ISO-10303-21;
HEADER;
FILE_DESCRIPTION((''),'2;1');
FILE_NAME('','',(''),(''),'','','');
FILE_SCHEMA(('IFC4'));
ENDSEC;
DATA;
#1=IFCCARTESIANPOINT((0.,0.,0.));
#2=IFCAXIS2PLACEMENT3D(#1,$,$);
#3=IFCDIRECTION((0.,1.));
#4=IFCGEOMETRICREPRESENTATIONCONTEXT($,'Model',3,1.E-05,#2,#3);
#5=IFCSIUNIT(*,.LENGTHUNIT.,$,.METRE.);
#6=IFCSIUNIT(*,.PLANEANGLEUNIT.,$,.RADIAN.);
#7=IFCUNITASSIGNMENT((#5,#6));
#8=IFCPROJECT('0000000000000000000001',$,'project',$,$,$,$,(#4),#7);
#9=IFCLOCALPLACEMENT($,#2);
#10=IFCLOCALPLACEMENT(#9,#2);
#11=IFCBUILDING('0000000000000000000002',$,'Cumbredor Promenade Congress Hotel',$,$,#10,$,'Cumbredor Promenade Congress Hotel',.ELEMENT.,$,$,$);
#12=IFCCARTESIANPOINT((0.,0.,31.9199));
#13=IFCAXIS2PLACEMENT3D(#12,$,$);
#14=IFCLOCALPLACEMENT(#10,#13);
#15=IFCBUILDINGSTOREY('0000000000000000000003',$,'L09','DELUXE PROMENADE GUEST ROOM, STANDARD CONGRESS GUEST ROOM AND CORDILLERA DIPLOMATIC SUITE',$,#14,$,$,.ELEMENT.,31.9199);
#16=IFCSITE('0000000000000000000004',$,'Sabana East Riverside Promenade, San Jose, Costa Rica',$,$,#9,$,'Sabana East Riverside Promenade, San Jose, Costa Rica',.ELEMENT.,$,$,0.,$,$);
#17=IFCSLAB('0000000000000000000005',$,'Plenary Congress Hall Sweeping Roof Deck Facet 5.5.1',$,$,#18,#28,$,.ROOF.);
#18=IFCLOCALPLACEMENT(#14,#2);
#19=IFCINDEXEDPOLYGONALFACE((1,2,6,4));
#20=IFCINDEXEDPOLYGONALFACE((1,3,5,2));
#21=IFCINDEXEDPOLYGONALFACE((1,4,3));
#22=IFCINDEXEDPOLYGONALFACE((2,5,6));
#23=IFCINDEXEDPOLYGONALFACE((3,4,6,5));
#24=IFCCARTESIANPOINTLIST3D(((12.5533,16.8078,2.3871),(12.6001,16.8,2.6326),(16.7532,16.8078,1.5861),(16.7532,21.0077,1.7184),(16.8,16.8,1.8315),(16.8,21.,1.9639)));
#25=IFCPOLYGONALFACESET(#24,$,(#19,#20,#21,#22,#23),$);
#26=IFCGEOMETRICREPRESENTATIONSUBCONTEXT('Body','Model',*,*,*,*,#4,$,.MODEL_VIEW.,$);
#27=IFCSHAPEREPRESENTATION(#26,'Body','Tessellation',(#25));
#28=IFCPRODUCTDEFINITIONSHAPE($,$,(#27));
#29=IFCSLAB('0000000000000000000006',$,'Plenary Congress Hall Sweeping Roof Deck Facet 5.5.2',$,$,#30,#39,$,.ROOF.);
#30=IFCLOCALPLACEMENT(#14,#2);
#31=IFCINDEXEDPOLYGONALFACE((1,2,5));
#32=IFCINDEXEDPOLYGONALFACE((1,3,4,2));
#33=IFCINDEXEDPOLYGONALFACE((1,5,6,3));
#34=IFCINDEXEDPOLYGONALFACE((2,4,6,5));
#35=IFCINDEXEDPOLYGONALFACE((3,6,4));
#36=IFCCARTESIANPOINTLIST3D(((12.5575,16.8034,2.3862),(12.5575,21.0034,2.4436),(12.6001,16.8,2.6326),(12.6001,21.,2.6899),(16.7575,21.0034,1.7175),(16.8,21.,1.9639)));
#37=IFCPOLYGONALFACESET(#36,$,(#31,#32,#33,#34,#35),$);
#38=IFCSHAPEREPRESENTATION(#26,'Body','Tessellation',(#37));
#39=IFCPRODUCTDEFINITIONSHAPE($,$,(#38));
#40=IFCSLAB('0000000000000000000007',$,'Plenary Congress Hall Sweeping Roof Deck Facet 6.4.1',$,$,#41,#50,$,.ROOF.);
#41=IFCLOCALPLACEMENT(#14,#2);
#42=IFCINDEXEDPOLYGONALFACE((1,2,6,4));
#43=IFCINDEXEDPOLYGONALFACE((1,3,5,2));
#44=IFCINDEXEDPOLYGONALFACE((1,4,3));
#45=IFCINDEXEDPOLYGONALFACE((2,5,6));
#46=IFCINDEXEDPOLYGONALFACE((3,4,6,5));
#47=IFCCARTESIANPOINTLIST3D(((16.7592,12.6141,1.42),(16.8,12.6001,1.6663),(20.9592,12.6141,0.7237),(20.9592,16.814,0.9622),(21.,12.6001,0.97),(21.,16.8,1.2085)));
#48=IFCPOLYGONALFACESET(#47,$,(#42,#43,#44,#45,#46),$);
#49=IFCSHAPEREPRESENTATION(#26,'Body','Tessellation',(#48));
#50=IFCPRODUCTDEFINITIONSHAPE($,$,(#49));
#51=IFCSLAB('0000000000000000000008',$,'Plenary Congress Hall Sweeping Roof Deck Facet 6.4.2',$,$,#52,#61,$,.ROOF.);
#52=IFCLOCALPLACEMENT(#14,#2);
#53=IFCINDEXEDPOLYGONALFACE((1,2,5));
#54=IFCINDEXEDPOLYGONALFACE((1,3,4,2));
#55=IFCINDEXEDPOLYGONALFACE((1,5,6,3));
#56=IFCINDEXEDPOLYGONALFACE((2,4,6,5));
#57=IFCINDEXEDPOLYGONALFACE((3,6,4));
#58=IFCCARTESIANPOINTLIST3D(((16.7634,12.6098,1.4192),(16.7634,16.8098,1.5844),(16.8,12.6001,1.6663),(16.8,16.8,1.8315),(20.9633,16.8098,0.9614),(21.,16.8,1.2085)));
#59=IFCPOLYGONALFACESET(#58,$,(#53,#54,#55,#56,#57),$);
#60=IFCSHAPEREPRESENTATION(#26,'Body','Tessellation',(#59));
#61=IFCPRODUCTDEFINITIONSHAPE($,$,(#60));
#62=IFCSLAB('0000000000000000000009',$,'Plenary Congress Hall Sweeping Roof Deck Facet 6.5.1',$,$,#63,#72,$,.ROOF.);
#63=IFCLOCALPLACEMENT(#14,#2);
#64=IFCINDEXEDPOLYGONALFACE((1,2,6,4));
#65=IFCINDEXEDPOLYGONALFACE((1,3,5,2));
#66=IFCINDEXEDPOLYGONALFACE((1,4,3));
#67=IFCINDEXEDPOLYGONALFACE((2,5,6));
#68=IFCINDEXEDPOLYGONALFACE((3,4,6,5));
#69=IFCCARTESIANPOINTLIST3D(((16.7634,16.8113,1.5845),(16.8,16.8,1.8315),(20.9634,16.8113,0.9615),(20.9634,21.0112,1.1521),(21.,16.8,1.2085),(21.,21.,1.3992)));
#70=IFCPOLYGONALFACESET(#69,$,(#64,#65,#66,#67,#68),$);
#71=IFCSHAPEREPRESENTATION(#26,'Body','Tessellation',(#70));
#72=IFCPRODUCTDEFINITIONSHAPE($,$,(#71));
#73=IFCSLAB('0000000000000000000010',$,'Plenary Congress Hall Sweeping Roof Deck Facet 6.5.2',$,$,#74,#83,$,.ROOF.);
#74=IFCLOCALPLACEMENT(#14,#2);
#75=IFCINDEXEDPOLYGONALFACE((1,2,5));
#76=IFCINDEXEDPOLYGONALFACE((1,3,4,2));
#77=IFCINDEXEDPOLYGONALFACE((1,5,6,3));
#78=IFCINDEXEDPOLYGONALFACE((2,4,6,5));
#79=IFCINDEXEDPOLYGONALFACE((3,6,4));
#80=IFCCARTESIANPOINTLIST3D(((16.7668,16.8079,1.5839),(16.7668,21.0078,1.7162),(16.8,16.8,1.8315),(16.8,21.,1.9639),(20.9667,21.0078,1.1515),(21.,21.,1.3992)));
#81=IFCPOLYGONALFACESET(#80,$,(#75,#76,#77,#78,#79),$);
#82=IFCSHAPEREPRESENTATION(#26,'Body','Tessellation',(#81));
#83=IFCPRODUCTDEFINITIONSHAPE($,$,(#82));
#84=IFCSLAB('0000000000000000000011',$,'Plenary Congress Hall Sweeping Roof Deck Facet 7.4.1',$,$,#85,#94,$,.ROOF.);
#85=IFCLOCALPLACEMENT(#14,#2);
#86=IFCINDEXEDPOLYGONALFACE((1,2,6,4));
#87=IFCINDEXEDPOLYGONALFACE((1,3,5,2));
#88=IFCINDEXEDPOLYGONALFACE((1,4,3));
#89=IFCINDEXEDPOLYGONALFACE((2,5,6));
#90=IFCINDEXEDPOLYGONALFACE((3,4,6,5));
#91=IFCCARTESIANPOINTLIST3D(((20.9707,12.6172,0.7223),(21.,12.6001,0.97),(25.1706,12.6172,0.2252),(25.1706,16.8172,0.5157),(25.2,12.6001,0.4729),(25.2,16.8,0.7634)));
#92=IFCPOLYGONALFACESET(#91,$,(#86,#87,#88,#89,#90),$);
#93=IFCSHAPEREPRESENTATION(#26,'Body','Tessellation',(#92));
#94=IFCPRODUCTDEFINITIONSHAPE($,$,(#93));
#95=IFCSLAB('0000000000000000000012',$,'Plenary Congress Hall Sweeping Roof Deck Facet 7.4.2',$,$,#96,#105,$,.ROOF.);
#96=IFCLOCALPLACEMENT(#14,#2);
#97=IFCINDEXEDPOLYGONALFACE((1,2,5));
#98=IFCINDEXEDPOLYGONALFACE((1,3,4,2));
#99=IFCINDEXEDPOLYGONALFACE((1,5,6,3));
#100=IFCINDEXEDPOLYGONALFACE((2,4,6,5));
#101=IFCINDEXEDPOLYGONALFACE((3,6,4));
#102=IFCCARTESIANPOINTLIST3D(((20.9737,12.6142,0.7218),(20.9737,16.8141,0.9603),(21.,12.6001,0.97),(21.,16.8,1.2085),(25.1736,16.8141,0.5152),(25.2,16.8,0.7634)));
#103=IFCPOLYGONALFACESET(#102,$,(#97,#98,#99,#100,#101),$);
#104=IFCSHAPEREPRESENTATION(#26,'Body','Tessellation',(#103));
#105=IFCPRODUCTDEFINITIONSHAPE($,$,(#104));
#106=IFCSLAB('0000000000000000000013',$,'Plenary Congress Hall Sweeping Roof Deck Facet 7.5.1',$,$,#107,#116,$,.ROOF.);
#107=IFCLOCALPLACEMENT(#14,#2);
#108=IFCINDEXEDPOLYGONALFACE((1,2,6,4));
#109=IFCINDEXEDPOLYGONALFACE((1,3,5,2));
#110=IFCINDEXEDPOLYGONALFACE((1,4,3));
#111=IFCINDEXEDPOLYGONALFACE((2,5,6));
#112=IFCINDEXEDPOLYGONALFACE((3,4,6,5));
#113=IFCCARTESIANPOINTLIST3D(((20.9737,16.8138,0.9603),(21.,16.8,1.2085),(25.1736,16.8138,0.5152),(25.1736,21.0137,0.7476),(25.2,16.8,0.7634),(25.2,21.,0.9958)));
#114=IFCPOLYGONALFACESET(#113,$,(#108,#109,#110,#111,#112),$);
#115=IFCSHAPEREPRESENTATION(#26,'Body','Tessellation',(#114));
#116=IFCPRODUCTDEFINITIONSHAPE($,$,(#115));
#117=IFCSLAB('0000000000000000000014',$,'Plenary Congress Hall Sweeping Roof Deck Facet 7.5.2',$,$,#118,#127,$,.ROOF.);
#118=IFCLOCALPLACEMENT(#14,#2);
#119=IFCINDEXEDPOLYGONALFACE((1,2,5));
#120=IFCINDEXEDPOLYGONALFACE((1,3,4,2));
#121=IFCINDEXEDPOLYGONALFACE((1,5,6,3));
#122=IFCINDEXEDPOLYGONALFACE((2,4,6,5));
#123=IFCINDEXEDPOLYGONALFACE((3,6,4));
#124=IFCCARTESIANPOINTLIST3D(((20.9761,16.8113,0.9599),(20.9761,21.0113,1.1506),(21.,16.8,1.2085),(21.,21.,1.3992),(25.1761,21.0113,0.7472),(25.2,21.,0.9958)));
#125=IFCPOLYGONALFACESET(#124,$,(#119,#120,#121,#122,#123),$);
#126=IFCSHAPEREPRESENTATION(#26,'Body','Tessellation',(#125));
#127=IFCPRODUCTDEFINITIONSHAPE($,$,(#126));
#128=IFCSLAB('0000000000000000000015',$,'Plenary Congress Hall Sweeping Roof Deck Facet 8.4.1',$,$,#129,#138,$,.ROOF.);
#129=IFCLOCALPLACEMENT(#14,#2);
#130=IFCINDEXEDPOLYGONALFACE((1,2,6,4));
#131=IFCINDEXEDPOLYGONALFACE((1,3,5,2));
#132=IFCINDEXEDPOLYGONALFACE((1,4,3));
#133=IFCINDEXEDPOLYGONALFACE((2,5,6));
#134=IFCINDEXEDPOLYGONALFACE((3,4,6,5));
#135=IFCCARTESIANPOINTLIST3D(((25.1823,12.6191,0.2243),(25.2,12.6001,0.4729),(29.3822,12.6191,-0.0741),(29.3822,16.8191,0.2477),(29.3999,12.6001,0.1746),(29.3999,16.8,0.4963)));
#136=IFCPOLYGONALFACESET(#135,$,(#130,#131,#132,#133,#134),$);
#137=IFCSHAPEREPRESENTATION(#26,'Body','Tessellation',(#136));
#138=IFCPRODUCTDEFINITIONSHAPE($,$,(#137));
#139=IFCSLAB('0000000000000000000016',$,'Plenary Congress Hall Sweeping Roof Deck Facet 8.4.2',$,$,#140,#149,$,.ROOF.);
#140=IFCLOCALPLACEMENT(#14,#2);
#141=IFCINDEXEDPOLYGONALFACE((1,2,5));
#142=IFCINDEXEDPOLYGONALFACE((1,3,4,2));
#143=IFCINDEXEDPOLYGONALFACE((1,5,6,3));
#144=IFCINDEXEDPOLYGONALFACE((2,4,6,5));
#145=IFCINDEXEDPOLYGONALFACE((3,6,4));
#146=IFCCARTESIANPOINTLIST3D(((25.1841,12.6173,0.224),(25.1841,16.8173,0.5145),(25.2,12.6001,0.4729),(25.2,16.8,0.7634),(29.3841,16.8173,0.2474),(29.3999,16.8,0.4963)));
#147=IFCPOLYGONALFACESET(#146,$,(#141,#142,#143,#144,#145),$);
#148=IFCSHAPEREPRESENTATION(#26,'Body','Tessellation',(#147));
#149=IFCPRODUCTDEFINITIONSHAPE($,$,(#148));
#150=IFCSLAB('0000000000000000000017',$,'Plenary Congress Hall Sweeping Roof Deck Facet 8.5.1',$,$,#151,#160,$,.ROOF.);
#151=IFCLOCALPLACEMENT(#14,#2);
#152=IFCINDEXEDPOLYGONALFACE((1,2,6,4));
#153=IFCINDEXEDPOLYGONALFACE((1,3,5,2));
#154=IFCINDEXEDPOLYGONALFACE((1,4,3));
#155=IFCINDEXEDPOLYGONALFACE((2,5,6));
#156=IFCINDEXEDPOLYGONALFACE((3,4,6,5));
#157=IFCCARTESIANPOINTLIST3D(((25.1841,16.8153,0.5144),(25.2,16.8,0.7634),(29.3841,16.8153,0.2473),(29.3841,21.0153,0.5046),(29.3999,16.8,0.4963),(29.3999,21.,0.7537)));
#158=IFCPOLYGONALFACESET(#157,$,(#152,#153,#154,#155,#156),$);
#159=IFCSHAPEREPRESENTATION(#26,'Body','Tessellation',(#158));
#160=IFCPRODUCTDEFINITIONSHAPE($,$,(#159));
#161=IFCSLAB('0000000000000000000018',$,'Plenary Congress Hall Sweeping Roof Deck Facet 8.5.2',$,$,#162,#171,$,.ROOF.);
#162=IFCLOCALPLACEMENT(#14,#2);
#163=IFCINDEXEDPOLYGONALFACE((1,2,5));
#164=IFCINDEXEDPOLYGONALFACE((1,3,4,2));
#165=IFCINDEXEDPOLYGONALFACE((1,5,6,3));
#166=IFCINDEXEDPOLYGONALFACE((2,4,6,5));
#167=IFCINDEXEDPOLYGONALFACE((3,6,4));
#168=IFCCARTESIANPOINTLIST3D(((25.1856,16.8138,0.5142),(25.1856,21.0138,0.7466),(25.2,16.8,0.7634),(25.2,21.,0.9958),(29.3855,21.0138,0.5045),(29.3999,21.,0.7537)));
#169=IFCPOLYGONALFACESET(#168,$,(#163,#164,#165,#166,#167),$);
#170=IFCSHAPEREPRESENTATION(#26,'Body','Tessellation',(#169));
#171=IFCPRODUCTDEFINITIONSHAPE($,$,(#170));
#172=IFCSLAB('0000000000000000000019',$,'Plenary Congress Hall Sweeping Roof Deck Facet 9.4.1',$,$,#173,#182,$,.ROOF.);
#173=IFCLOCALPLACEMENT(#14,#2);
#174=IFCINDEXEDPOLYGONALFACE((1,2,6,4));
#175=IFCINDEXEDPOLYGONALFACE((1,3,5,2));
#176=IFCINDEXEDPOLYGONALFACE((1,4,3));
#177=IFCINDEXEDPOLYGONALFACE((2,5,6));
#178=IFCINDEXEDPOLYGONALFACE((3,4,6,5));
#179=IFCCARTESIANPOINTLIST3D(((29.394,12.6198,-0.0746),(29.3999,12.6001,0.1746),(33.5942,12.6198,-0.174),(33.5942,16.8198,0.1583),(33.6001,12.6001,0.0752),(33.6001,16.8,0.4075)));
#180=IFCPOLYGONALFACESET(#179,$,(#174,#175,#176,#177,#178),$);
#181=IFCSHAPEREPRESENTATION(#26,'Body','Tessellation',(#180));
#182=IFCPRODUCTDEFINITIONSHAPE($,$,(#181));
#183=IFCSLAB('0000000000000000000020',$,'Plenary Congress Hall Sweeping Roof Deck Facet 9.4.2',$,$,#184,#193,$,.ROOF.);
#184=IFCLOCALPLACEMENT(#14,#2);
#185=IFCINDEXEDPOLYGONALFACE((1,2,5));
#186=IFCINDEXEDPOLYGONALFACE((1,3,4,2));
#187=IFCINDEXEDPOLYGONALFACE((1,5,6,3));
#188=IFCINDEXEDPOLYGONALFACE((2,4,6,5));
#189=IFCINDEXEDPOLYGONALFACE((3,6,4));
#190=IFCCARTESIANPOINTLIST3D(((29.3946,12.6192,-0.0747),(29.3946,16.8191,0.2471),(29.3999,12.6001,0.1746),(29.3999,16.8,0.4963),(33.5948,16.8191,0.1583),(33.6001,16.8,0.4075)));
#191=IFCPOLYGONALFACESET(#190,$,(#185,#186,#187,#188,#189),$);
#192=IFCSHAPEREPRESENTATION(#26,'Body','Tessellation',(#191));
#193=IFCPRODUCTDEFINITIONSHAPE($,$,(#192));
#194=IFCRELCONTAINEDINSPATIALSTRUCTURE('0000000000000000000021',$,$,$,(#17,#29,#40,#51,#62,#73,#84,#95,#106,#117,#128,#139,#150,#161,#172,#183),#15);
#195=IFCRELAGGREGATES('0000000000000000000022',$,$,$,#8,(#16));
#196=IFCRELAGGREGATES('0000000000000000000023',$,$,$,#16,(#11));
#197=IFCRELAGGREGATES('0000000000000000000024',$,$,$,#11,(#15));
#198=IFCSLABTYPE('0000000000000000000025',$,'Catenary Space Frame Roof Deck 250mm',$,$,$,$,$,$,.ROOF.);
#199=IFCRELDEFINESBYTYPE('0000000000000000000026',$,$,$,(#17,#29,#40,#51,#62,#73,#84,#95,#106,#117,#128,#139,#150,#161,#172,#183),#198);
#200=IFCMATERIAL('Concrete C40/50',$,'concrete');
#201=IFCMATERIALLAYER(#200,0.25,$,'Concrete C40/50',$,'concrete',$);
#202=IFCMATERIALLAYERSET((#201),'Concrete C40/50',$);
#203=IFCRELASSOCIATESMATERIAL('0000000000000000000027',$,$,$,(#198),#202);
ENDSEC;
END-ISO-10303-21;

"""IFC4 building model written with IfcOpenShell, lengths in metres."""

from ifc_helpers import new_model, si_unit, direction, frame, origin, place, context, subcontext, project, spatial, polyline, outline, extrude, material, layer, layer_set, type_object, element, save


model = new_model("IFC4")

# Units and contexts
model_context = context("Model", 3, precision=1e-05, world=origin(), true_north=direction((0.0, 1.0)))
body_context = subcontext(model_context, "Body", "Model", "MODEL_VIEW")
ifc_project = project(units=[si_unit("LENGTHUNIT", "METRE"), si_unit("PLANEANGLEUNIT", "RADIAN")], contexts=[model_context])

# Site, building, storey
site_placement = place(None, origin())
site = spatial("IfcSite", under=ifc_project, at=site_placement, Name="Sabana East Riverside Promenade, San Jose, Costa Rica", LongName="Sabana East Riverside Promenade, San Jose, Costa Rica", CompositionType="ELEMENT", RefElevation=0.0)
building_placement = place(site_placement, origin())
building = spatial("IfcBuilding", under=site, at=building_placement, Name="Cumbredor Promenade Congress Hotel", LongName="Cumbredor Promenade Congress Hotel", CompositionType="ELEMENT")
storey_placement = place(building_placement, frame((0.0, 0.0, 31.9199)))
storey = spatial("IfcBuildingStorey", under=building, at=storey_placement, Name="L09", Description="DELUXE PROMENADE GUEST ROOM, STANDARD CONGRESS GUEST ROOM AND CORDILLERA DIPLOMATIC SUITE", CompositionType="ELEMENT", Elevation=31.9199)

# Slabs
ifc_material_1 = material(Name="Concrete C40/50", Category="concrete")
ifc_layer_1 = layer(ifc_material_1, 0.25, Name="Concrete C40/50", Category="concrete")
ifc_layer_set_1 = layer_set([ifc_layer_1], Name="Concrete C40/50")
slab_type = type_object("IfcSlabType", Name="Catenary Space Frame Roof Deck 250mm", PredefinedType="ROOF", material=ifc_layer_set_1)
slab_1_placement = place(storey_placement, frame((12.6001, 16.8, 2.6326), z_axis=(0.187256, -0.030933, 0.981824), x_axis=(0.982294, 0.0, -0.187346)))
element("IfcSlab", 1, at=slab_1_placement, inside=storey, type_object=slab_type, Name="Plenary Congress Hall Sweeping Roof Deck Facet 5.5.1", PredefinedType="ROOF", context=body_context, shape_type="SweptSolid", body=[
    extrude(outline(polyline([(0.0, 0.0), (4.2757, 0.0), (4.2509, 4.202), (0.0, 0.0)])), origin(), (0.0, 0.0, -1.0), 0.25),
])
slab_2_placement = place(storey_placement, frame((12.6001, 16.8, 2.6326), z_axis=(0.170335, -0.01346, 0.985294), x_axis=(0.702668, 0.702668, -0.111876)))
element("IfcSlab", 2, at=slab_2_placement, inside=storey, type_object=slab_type, Name="Plenary Congress Hall Sweeping Roof Deck Facet 5.5.2", PredefinedType="ROOF", context=body_context, shape_type="SweptSolid", body=[
    extrude(outline(polyline([(0.0, 0.0), (5.9772, 0.0), (2.9448, 2.9952), (0.0, 0.0)])), origin(), (0.0, 0.0, -1.0), 0.25),
])
slab_3_placement = place(storey_placement, frame((16.8, 12.6001, 1.6663), z_axis=(0.163297, -0.05594, 0.98499), x_axis=(0.986535, 0.0, -0.163553)))
element("IfcSlab", 3, at=slab_3_placement, inside=storey, type_object=slab_type, Name="Plenary Congress Hall Sweeping Roof Deck Facet 6.4.1", PredefinedType="ROOF", context=body_context, shape_type="SweptSolid", body=[
    extrude(outline(polyline([(0.0, 0.0), (4.2573, 0.0), (4.2183, 4.2065), (0.0, 0.0)])), origin(), (0.0, 0.0, -1.0), 0.25),
])
slab_4_placement = place(storey_placement, frame((16.8, 12.6001, 1.6663), z_axis=(0.146629, -0.038898, 0.988426), x_axis=(0.705016, 0.705016, -0.076842)))
element("IfcSlab", 4, at=slab_4_placement, inside=storey, type_object=slab_type, Name="Plenary Congress Hall Sweeping Roof Deck Facet 6.4.2", PredefinedType="ROOF", context=body_context, shape_type="SweptSolid", body=[
    extrude(outline(polyline([(0.0, 0.0), (5.9572, 0.0), (2.9483, 2.9957), (0.0, 0.0)])), origin(), (0.0, 0.0, -1.0), 0.25),
])
slab_5_placement = place(storey_placement, frame((16.8, 16.8, 1.8315), z_axis=(0.146593, -0.044862, 0.988179), x_axis=(0.989175, 0.0, -0.14674)))
element("IfcSlab", 5, at=slab_5_placement, inside=storey, type_object=slab_type, Name="Plenary Congress Hall Sweeping Roof Deck Facet 6.5.1", PredefinedType="ROOF", context=body_context, shape_type="SweptSolid", body=[
    extrude(outline(polyline([(0.0, 0.0), (4.2459, 0.0), (4.2179, 4.2042), (0.0, 0.0)])), origin(), (0.0, 0.0, -1.0), 0.25),
])
slab_6_placement = place(storey_placement, frame((16.8, 16.8, 1.8315), z_axis=(0.133189, -0.03121, 0.990599), x_axis=(0.705241, 0.705241, -0.072603)))
element("IfcSlab", 6, at=slab_6_placement, inside=storey, type_object=slab_type, Name="Plenary Congress Hall Sweeping Roof Deck Facet 6.5.2", PredefinedType="ROOF", context=body_context, shape_type="SweptSolid", body=[
    extrude(outline(polyline([(0.0, 0.0), (5.9553, 0.0), (2.9524, 2.9901), (0.0, 0.0)])), origin(), (0.0, 0.0, -1.0), 0.25),
])
slab_7_placement = place(storey_placement, frame((21.0, 12.6001, 0.97), z_axis=(0.117255, -0.068533, 0.990734), x_axis=(0.993069, 0.0, -0.117531)))
element("IfcSlab", 7, at=slab_7_placement, inside=storey, type_object=slab_type, Name="Plenary Congress Hall Sweeping Roof Deck Facet 7.4.1", PredefinedType="ROOF", context=body_context, shape_type="SweptSolid", body=[
    extrude(outline(polyline([(0.0, 0.0), (4.2293, 0.0), (4.1951, 4.2098), (0.0, 0.0)])), origin(), (0.0, 0.0, -1.0), 0.25),
])
slab_8_placement = place(storey_placement, frame((21.0, 12.6001, 0.97), z_axis=(0.105212, -0.056386, 0.99285), x_axis=(0.70668, 0.70668, -0.034753)))
element("IfcSlab", 8, at=slab_8_placement, inside=storey, type_object=slab_type, Name="Plenary Congress Hall Sweeping Roof Deck Facet 7.4.2", PredefinedType="ROOF", context=body_context, shape_type="SweptSolid", body=[
    extrude(outline(polyline([(0.0, 0.0), (5.9432, 0.0), (2.9597, 2.9894), (0.0, 0.0)])), origin(), (0.0, 0.0, -1.0), 0.25),
])
slab_9_placement = place(storey_placement, frame((21.0, 16.8, 1.2085), z_axis=(0.105221, -0.054948, 0.99293), x_axis=(0.994432, 0.0, -0.10538)))
element("IfcSlab", 9, at=slab_9_placement, inside=storey, type_object=slab_type, Name="Plenary Congress Hall Sweeping Roof Deck Facet 7.5.1", PredefinedType="ROOF", context=body_context, shape_type="SweptSolid", body=[
    extrude(outline(polyline([(0.0, 0.0), (4.2235, 0.0), (4.199, 4.2063), (0.0, 0.0)])), origin(), (0.0, 0.0, -1.0), 0.25),
])
slab_10_placement = place(storey_placement, frame((21.0, 16.8, 1.2085), z_axis=(0.095493, -0.045145, 0.994406), x_axis=(0.706654, 0.706654, -0.035778)))
element("IfcSlab", 10, at=slab_10_placement, inside=storey, type_object=slab_type, Name="Plenary Congress Hall Sweeping Roof Deck Facet 7.5.2", PredefinedType="ROOF", context=body_context, shape_type="SweptSolid", body=[
    extrude(outline(polyline([(0.0, 0.0), (5.9434, 0.0), (2.9611, 2.9846), (0.0, 0.0)])), origin(), (0.0, 0.0, -1.0), 0.25),
])
slab_11_placement = place(storey_placement, frame((25.2, 12.6001, 0.4729), z_axis=(0.07065, -0.0762, 0.994586), x_axis=(0.997487, 0.0, -0.070856)))
element("IfcSlab", 11, at=slab_11_placement, inside=storey, type_object=slab_type, Name="Plenary Congress Hall Sweeping Roof Deck Facet 8.4.1", PredefinedType="ROOF", context=body_context, shape_type="SweptSolid", body=[
    extrude(outline(polyline([(0.0, 0.0), (4.2105, 0.0), (4.1877, 4.2122), (0.0, 0.0)])), origin(), (0.0, 0.0, -1.0), 0.25),
])
slab_12_placement = place(storey_placement, frame((25.2, 12.6001, 0.4729), z_axis=(0.063315, -0.068871, 0.995614), x_axis=(0.707101, 0.707101, 0.003946)))
element("IfcSlab", 12, at=slab_12_placement, inside=storey, type_object=slab_type, Name="Plenary Congress Hall Sweeping Roof Deck Facet 8.4.2", PredefinedType="ROOF", context=body_context, shape_type="SweptSolid", body=[
    extrude(outline(polyline([(0.0, 0.0), (5.9397, 0.0), (2.9709, 2.9829), (0.0, 0.0)])), origin(), (0.0, 0.0, -1.0), 0.25),
])
slab_13_placement = place(storey_placement, frame((25.2, 16.8, 0.7634), z_axis=(0.063347, -0.061031, 0.996124), x_axis=(0.997984, 0.0, -0.063465)))
element("IfcSlab", 13, at=slab_13_placement, inside=storey, type_object=slab_type, Name="Plenary Congress Hall Sweeping Roof Deck Facet 8.5.1", PredefinedType="ROOF", context=body_context, shape_type="SweptSolid", body=[
    extrude(outline(polyline([(0.0, 0.0), (4.2084, 0.0), (4.1921, 4.2078), (0.0, 0.0)])), origin(), (0.0, 0.0, -1.0), 0.25),
])
slab_14_placement = place(storey_placement, frame((25.2, 16.8, 0.7634), z_axis=(0.057481, -0.055163, 0.996821), x_axis=(0.707106, 0.707106, -0.001644)))
element("IfcSlab", 14, at=slab_14_placement, inside=storey, type_object=slab_type, Name="Plenary Congress Hall Sweeping Roof Deck Facet 8.5.2", PredefinedType="ROOF", context=body_context, shape_type="SweptSolid", body=[
    extrude(outline(polyline([(0.0, 0.0), (5.9396, 0.0), (2.9694, 2.9793), (0.0, 0.0)])), origin(), (0.0, 0.0, -1.0), 0.25),
])
slab_15_placement = place(storey_placement, frame((29.3999, 12.6001, 0.1746), z_axis=(0.023577, -0.078846, 0.996608), x_axis=(0.99972, 0.0, -0.023651)))
element("IfcSlab", 15, at=slab_15_placement, inside=storey, type_object=slab_type, Name="Plenary Congress Hall Sweeping Roof Deck Facet 9.4.1", PredefinedType="ROOF", context=body_context, shape_type="SweptSolid", body=[
    extrude(outline(polyline([(0.0, 0.0), (4.2014, 0.0), (4.1935, 4.2131), (0.0, 0.0)])), origin(), (0.0, 0.0, -1.0), 0.25),
])
slab_16_placement = place(storey_placement, frame((29.3999, 12.6001, 0.1746), z_axis=(0.021091, -0.076374, 0.996856), x_axis=(0.706584, 0.706543, 0.039182)))
element("IfcSlab", 16, at=slab_16_placement, inside=storey, type_object=slab_type, Name="Plenary Congress Hall Sweeping Roof Deck Facet 9.4.2", PredefinedType="ROOF", context=body_context, shape_type="SweptSolid", body=[
    extrude(outline(polyline([(0.0, 0.0), (5.9444, 0.0), (2.9801, 2.977), (0.0, 0.0)])), origin(), (0.0, 0.0, -1.0), 0.25),
])

save(model, "model.ifc")
